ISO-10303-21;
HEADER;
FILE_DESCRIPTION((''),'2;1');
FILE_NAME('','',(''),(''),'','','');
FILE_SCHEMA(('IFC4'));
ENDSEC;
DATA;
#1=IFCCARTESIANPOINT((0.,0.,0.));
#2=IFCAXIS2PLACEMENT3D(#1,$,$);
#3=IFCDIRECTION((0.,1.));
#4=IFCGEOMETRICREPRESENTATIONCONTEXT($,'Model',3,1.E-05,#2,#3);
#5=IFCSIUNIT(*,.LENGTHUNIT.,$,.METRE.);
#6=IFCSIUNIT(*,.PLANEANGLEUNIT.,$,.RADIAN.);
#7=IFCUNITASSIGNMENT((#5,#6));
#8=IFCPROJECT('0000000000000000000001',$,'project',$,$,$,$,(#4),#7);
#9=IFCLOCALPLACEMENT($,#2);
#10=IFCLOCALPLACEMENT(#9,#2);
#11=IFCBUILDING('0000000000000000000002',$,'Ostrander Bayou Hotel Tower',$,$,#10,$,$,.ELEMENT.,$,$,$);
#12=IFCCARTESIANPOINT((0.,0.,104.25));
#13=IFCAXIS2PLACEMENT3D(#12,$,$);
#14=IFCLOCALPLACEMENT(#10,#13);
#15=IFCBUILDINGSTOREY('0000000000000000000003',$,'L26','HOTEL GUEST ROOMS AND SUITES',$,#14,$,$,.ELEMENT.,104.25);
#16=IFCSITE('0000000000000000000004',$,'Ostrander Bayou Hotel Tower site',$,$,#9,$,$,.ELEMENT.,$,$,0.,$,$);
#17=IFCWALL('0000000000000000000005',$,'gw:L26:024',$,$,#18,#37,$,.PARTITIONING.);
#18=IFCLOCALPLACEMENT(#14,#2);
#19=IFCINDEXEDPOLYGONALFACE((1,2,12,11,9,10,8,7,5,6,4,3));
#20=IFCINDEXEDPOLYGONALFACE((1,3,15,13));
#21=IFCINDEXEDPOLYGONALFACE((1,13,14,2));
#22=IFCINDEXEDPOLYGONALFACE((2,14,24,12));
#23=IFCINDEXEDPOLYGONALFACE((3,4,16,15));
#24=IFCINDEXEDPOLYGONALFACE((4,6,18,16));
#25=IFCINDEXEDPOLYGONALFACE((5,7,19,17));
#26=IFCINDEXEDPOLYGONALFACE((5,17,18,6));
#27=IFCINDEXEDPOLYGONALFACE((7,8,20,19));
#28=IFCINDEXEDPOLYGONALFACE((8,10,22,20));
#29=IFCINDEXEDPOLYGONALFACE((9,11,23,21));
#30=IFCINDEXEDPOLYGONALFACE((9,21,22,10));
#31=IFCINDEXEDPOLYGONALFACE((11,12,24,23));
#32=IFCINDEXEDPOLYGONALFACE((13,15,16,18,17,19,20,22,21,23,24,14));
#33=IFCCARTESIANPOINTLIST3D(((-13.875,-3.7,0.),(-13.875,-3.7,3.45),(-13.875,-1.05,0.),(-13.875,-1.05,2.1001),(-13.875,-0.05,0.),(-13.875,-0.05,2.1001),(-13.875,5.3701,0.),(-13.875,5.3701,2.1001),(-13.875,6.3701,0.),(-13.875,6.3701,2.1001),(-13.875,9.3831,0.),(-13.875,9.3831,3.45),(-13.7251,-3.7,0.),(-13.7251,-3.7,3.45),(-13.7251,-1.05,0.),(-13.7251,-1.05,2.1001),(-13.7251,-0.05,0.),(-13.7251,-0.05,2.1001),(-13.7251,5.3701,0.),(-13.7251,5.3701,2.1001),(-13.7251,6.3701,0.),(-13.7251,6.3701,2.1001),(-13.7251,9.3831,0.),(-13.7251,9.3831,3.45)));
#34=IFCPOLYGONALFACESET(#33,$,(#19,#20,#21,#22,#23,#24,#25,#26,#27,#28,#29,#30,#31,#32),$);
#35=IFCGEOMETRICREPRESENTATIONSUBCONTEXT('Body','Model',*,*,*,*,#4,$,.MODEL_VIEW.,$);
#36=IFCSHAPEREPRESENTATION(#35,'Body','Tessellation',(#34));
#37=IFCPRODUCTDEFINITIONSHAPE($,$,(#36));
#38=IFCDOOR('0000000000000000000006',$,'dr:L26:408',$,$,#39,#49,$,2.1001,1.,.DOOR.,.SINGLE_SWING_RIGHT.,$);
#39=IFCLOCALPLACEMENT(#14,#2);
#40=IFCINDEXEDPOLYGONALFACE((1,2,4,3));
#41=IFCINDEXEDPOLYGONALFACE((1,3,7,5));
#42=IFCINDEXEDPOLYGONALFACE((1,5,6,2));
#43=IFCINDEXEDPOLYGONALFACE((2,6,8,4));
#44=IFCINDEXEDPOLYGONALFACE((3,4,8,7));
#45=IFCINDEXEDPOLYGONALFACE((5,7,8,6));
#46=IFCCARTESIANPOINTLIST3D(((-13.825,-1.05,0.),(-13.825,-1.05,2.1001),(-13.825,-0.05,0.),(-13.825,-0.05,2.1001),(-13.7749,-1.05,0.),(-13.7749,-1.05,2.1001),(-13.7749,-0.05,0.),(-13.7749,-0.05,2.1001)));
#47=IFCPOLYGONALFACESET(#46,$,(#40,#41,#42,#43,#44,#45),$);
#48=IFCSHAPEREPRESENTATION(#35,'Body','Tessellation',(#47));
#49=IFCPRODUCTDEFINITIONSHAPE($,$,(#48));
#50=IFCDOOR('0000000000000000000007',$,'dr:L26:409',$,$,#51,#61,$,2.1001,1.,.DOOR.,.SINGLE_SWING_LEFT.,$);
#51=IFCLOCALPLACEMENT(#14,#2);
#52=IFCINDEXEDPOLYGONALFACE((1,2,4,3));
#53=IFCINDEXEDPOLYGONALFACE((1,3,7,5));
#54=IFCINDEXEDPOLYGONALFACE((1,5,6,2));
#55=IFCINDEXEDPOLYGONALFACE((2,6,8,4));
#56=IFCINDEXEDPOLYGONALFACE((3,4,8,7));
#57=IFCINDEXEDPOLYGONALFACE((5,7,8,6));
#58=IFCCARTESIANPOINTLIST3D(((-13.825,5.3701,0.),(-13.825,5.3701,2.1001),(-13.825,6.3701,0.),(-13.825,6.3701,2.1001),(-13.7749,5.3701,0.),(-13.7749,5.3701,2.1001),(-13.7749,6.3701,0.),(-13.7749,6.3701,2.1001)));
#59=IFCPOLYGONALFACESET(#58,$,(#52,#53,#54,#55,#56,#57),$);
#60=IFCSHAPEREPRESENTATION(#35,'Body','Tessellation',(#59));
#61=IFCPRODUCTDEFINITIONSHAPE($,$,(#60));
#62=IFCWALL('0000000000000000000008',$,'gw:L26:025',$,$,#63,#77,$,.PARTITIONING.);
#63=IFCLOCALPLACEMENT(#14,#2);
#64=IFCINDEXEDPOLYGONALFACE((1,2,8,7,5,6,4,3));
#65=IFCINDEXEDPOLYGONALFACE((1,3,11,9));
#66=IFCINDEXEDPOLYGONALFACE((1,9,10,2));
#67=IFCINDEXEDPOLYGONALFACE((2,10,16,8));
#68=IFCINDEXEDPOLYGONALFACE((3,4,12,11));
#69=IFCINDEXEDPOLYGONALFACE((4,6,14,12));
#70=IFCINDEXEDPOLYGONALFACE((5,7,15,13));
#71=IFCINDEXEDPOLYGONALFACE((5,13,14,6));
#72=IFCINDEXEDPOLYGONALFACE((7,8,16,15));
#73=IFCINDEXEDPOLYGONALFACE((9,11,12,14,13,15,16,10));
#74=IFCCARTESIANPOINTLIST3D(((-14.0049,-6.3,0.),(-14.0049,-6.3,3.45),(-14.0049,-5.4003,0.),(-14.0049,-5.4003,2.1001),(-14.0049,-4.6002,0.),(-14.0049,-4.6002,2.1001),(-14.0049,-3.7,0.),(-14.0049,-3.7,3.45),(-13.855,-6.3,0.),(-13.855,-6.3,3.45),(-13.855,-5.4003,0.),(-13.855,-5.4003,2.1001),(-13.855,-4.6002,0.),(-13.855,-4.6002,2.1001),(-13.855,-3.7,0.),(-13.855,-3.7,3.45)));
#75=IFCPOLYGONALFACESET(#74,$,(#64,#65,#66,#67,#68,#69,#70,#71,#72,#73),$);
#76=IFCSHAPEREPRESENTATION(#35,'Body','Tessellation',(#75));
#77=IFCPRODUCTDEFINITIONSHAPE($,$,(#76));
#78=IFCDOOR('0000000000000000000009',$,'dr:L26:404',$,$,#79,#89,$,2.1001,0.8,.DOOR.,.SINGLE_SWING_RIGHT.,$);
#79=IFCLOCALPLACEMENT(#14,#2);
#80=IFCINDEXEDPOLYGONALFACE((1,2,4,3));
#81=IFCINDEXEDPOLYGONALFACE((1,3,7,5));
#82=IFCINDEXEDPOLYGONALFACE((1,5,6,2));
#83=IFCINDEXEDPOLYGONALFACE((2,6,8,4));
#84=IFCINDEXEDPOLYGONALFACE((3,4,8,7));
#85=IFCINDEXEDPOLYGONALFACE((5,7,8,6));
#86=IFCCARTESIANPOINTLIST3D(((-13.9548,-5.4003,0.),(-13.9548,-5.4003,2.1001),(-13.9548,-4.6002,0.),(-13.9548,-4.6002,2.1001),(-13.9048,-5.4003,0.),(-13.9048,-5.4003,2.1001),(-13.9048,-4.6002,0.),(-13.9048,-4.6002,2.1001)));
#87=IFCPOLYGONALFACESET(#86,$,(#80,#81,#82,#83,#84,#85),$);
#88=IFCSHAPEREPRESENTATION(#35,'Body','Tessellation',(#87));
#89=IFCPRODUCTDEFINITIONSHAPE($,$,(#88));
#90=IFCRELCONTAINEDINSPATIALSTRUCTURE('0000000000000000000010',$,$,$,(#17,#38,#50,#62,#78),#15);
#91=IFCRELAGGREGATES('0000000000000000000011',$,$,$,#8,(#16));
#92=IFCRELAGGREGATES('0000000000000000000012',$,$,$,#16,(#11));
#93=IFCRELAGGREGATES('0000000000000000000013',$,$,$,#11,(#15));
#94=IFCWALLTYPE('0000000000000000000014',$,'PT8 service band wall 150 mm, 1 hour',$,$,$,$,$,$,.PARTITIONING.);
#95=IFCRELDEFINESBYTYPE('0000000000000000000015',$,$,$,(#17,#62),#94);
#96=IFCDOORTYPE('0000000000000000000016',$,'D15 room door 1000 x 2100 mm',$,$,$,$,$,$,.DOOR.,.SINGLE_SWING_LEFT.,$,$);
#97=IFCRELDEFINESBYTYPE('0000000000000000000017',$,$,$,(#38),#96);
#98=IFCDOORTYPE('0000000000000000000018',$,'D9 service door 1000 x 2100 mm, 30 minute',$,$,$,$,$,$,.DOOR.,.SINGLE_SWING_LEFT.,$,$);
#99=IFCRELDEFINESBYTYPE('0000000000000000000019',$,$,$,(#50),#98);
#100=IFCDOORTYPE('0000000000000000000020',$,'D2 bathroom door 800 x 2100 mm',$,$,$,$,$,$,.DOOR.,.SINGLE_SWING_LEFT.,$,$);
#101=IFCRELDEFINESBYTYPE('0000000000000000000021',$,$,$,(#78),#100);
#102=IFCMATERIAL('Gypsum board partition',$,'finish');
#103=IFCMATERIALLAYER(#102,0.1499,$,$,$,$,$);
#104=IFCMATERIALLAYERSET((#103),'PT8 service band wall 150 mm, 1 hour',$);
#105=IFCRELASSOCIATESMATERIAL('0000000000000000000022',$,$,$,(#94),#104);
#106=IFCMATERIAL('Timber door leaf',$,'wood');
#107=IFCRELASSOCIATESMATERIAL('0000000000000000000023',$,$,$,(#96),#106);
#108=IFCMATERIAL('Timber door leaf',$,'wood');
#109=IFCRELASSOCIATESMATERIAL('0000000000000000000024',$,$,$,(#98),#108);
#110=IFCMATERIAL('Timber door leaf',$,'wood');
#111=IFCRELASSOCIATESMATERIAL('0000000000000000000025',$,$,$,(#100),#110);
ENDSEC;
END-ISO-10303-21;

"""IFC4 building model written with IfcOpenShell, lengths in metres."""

from ifc_helpers import new_model, si_unit, direction, frame, frame_2d, origin, place, context, subcontext, project, spatial, rectangle, extrude, material, layer, layer_set, type_object, element, fill, save


model = new_model("IFC4")

# Units and contexts
model_context = context("Model", 3, precision=1e-05, world=origin(), true_north=direction((0.0, 1.0)))
body_context = subcontext(model_context, "Body", "Model", "MODEL_VIEW")
ifc_project = project(units=[si_unit("LENGTHUNIT", "METRE"), si_unit("PLANEANGLEUNIT", "RADIAN")], contexts=[model_context])

# Site, building, storey
site_placement = place(None, origin())
site = spatial("IfcSite", under=ifc_project, at=site_placement, Name="Ostrander Bayou Hotel Tower site", CompositionType="ELEMENT", RefElevation=0.0)
building_placement = place(site_placement, origin())
building = spatial("IfcBuilding", under=site, at=building_placement, Name="Ostrander Bayou Hotel Tower", CompositionType="ELEMENT")
storey_placement = place(building_placement, frame((0.0, 0.0, 104.25)))
storey = spatial("IfcBuildingStorey", under=building, at=storey_placement, Name="L26", Description="HOTEL GUEST ROOMS AND SUITES", CompositionType="ELEMENT", Elevation=104.25)

# Shared definitions
ifc_material_1 = material(Name="Gypsum board partition", Category="finish")
ifc_layer_1 = layer(ifc_material_1, 0.1499)
ifc_layer_set_1 = layer_set([ifc_layer_1], Name="PT8 service band wall 150 mm, 1 hour")
wall_type_1 = type_object("IfcWallType", Name="PT8 service band wall 150 mm, 1 hour", PredefinedType="PARTITIONING", material=ifc_layer_set_1)

# Wall, openings, doors
wall_1_placement = place(storey_placement, frame((-13.8, -3.7, 0.0), z_axis=(0.0, 0.0, 1.0), x_axis=(0.0, 1.0, 0.0)))
wall_1 = element("IfcWall", 1, at=wall_1_placement, inside=storey, type_object=wall_type_1, Name="gw:L26:024", PredefinedType="PARTITIONING", context=body_context, shape_type="SweptSolid", body=[
    extrude(rectangle(XDim=13.083, YDim=0.1499, at=frame_2d((6.5415, 0.0))), origin(), (0.0, 0.0, 1.0), 3.45),
])
opening_1_placement = place(wall_1_placement, frame((2.6499, 0.0, 0.0)))
opening_1 = element("IfcOpeningElement", 2, at=opening_1_placement, cuts=wall_1, PredefinedType="OPENING", context=body_context, shape_type="SweptSolid", body=[
    extrude(rectangle(XDim=1.0, YDim=2.1001, at=frame_2d((0.5, 1.05))), frame((0.0, 0.075, 0.0), z_axis=(0.0, -1.0, 0.0), x_axis=(1.0, 0.0, 0.0)), (0.0, 0.0, 1.0), 0.1499),
])
opening_2_placement = place(wall_1_placement, frame((9.0701, 0.0, 0.0)))
opening_2 = element("IfcOpeningElement", 3, at=opening_2_placement, cuts=wall_1, PredefinedType="OPENING", context=body_context, shape_type="SweptSolid", body=[
    extrude(rectangle(XDim=1.0, YDim=2.1001, at=frame_2d((0.5, 1.05))), frame((0.0, 0.075, 0.0), z_axis=(0.0, -1.0, 0.0), x_axis=(1.0, 0.0, 0.0)), (0.0, 0.0, 1.0), 0.1499),
])
ifc_material_2 = material(Name="Timber door leaf", Category="wood")
door_type_1 = type_object("IfcDoorType", Name="D15 room door 1000 x 2100 mm", OperationType="SINGLE_SWING_LEFT", PredefinedType="DOOR", material=ifc_material_2)
door_1_placement = place(opening_1_placement, origin())
door_1 = element("IfcDoor", 4, at=door_1_placement, inside=storey, type_object=door_type_1, Name="dr:L26:408", OperationType="SINGLE_SWING_RIGHT", OverallHeight=2.1001, OverallWidth=1.0, PredefinedType="DOOR", context=body_context, shape_type="SweptSolid", body=[
    extrude(rectangle(XDim=1.0, YDim=2.1001, at=frame_2d((0.5, 1.05))), frame((0.0, 0.0249, 0.0), z_axis=(0.0, -1.0, 0.0), x_axis=(1.0, 0.0, 0.0)), (0.0, 0.0, 1.0), 0.05),
])
fill(opening_1, door_1)
ifc_material_3 = material(Name="Timber door leaf", Category="wood")
door_type_2 = type_object("IfcDoorType", Name="D9 service door 1000 x 2100 mm, 30 minute", OperationType="SINGLE_SWING_LEFT", PredefinedType="DOOR", material=ifc_material_3)
door_2_placement = place(opening_2_placement, origin())
door_2 = element("IfcDoor", 5, at=door_2_placement, inside=storey, type_object=door_type_2, Name="dr:L26:409", OperationType="SINGLE_SWING_LEFT", OverallHeight=2.1001, OverallWidth=1.0, PredefinedType="DOOR", context=body_context, shape_type="SweptSolid", body=[
    extrude(rectangle(XDim=1.0, YDim=2.1001, at=frame_2d((0.5, 1.05))), frame((0.0, 0.0249, 0.0), z_axis=(0.0, -1.0, 0.0), x_axis=(1.0, 0.0, 0.0)), (0.0, 0.0, 1.0), 0.05),
])
fill(opening_2, door_2)

# Wall, opening, door
wall_2_placement = place(storey_placement, frame((-13.9299, -6.3, 0.0), z_axis=(0.0, 0.0, 1.0), x_axis=(0.0, 1.0, 0.0)))
wall_2 = element("IfcWall", 6, at=wall_2_placement, inside=storey, type_object=wall_type_1, Name="gw:L26:025", PredefinedType="PARTITIONING", context=body_context, shape_type="SweptSolid", body=[
    extrude(rectangle(XDim=2.6001, YDim=0.1499, at=frame_2d((1.3, 0.0))), origin(), (0.0, 0.0, 1.0), 3.45),
])
opening_3_placement = place(wall_2_placement, frame((0.8999, 0.0, 0.0)))
opening_3 = element("IfcOpeningElement", 7, at=opening_3_placement, cuts=wall_2, PredefinedType="OPENING", context=body_context, shape_type="SweptSolid", body=[
    extrude(rectangle(XDim=0.8, YDim=2.1001, at=frame_2d((0.3999, 1.05))), frame((0.0, 0.075, 0.0), z_axis=(0.0, -1.0, 0.0), x_axis=(1.0, 0.0, 0.0)), (0.0, 0.0, 1.0), 0.1499),
])
ifc_material_4 = material(Name="Timber door leaf", Category="wood")
door_type_3 = type_object("IfcDoorType", Name="D2 bathroom door 800 x 2100 mm", OperationType="SINGLE_SWING_LEFT", PredefinedType="DOOR", material=ifc_material_4)
door_3_placement = place(opening_3_placement, origin())
door_3 = element("IfcDoor", 8, at=door_3_placement, inside=storey, type_object=door_type_3, Name="dr:L26:404", OperationType="SINGLE_SWING_RIGHT", OverallHeight=2.1001, OverallWidth=0.8, PredefinedType="DOOR", context=body_context, shape_type="SweptSolid", body=[
    extrude(rectangle(XDim=0.8, YDim=2.1001, at=frame_2d((0.3999, 1.05))), frame((0.0, 0.0249, 0.0), z_axis=(0.0, -1.0, 0.0), x_axis=(1.0, 0.0, 0.0)), (0.0, 0.0, 1.0), 0.05),
])
fill(opening_3, door_3)

save(model, "model.ifc")
